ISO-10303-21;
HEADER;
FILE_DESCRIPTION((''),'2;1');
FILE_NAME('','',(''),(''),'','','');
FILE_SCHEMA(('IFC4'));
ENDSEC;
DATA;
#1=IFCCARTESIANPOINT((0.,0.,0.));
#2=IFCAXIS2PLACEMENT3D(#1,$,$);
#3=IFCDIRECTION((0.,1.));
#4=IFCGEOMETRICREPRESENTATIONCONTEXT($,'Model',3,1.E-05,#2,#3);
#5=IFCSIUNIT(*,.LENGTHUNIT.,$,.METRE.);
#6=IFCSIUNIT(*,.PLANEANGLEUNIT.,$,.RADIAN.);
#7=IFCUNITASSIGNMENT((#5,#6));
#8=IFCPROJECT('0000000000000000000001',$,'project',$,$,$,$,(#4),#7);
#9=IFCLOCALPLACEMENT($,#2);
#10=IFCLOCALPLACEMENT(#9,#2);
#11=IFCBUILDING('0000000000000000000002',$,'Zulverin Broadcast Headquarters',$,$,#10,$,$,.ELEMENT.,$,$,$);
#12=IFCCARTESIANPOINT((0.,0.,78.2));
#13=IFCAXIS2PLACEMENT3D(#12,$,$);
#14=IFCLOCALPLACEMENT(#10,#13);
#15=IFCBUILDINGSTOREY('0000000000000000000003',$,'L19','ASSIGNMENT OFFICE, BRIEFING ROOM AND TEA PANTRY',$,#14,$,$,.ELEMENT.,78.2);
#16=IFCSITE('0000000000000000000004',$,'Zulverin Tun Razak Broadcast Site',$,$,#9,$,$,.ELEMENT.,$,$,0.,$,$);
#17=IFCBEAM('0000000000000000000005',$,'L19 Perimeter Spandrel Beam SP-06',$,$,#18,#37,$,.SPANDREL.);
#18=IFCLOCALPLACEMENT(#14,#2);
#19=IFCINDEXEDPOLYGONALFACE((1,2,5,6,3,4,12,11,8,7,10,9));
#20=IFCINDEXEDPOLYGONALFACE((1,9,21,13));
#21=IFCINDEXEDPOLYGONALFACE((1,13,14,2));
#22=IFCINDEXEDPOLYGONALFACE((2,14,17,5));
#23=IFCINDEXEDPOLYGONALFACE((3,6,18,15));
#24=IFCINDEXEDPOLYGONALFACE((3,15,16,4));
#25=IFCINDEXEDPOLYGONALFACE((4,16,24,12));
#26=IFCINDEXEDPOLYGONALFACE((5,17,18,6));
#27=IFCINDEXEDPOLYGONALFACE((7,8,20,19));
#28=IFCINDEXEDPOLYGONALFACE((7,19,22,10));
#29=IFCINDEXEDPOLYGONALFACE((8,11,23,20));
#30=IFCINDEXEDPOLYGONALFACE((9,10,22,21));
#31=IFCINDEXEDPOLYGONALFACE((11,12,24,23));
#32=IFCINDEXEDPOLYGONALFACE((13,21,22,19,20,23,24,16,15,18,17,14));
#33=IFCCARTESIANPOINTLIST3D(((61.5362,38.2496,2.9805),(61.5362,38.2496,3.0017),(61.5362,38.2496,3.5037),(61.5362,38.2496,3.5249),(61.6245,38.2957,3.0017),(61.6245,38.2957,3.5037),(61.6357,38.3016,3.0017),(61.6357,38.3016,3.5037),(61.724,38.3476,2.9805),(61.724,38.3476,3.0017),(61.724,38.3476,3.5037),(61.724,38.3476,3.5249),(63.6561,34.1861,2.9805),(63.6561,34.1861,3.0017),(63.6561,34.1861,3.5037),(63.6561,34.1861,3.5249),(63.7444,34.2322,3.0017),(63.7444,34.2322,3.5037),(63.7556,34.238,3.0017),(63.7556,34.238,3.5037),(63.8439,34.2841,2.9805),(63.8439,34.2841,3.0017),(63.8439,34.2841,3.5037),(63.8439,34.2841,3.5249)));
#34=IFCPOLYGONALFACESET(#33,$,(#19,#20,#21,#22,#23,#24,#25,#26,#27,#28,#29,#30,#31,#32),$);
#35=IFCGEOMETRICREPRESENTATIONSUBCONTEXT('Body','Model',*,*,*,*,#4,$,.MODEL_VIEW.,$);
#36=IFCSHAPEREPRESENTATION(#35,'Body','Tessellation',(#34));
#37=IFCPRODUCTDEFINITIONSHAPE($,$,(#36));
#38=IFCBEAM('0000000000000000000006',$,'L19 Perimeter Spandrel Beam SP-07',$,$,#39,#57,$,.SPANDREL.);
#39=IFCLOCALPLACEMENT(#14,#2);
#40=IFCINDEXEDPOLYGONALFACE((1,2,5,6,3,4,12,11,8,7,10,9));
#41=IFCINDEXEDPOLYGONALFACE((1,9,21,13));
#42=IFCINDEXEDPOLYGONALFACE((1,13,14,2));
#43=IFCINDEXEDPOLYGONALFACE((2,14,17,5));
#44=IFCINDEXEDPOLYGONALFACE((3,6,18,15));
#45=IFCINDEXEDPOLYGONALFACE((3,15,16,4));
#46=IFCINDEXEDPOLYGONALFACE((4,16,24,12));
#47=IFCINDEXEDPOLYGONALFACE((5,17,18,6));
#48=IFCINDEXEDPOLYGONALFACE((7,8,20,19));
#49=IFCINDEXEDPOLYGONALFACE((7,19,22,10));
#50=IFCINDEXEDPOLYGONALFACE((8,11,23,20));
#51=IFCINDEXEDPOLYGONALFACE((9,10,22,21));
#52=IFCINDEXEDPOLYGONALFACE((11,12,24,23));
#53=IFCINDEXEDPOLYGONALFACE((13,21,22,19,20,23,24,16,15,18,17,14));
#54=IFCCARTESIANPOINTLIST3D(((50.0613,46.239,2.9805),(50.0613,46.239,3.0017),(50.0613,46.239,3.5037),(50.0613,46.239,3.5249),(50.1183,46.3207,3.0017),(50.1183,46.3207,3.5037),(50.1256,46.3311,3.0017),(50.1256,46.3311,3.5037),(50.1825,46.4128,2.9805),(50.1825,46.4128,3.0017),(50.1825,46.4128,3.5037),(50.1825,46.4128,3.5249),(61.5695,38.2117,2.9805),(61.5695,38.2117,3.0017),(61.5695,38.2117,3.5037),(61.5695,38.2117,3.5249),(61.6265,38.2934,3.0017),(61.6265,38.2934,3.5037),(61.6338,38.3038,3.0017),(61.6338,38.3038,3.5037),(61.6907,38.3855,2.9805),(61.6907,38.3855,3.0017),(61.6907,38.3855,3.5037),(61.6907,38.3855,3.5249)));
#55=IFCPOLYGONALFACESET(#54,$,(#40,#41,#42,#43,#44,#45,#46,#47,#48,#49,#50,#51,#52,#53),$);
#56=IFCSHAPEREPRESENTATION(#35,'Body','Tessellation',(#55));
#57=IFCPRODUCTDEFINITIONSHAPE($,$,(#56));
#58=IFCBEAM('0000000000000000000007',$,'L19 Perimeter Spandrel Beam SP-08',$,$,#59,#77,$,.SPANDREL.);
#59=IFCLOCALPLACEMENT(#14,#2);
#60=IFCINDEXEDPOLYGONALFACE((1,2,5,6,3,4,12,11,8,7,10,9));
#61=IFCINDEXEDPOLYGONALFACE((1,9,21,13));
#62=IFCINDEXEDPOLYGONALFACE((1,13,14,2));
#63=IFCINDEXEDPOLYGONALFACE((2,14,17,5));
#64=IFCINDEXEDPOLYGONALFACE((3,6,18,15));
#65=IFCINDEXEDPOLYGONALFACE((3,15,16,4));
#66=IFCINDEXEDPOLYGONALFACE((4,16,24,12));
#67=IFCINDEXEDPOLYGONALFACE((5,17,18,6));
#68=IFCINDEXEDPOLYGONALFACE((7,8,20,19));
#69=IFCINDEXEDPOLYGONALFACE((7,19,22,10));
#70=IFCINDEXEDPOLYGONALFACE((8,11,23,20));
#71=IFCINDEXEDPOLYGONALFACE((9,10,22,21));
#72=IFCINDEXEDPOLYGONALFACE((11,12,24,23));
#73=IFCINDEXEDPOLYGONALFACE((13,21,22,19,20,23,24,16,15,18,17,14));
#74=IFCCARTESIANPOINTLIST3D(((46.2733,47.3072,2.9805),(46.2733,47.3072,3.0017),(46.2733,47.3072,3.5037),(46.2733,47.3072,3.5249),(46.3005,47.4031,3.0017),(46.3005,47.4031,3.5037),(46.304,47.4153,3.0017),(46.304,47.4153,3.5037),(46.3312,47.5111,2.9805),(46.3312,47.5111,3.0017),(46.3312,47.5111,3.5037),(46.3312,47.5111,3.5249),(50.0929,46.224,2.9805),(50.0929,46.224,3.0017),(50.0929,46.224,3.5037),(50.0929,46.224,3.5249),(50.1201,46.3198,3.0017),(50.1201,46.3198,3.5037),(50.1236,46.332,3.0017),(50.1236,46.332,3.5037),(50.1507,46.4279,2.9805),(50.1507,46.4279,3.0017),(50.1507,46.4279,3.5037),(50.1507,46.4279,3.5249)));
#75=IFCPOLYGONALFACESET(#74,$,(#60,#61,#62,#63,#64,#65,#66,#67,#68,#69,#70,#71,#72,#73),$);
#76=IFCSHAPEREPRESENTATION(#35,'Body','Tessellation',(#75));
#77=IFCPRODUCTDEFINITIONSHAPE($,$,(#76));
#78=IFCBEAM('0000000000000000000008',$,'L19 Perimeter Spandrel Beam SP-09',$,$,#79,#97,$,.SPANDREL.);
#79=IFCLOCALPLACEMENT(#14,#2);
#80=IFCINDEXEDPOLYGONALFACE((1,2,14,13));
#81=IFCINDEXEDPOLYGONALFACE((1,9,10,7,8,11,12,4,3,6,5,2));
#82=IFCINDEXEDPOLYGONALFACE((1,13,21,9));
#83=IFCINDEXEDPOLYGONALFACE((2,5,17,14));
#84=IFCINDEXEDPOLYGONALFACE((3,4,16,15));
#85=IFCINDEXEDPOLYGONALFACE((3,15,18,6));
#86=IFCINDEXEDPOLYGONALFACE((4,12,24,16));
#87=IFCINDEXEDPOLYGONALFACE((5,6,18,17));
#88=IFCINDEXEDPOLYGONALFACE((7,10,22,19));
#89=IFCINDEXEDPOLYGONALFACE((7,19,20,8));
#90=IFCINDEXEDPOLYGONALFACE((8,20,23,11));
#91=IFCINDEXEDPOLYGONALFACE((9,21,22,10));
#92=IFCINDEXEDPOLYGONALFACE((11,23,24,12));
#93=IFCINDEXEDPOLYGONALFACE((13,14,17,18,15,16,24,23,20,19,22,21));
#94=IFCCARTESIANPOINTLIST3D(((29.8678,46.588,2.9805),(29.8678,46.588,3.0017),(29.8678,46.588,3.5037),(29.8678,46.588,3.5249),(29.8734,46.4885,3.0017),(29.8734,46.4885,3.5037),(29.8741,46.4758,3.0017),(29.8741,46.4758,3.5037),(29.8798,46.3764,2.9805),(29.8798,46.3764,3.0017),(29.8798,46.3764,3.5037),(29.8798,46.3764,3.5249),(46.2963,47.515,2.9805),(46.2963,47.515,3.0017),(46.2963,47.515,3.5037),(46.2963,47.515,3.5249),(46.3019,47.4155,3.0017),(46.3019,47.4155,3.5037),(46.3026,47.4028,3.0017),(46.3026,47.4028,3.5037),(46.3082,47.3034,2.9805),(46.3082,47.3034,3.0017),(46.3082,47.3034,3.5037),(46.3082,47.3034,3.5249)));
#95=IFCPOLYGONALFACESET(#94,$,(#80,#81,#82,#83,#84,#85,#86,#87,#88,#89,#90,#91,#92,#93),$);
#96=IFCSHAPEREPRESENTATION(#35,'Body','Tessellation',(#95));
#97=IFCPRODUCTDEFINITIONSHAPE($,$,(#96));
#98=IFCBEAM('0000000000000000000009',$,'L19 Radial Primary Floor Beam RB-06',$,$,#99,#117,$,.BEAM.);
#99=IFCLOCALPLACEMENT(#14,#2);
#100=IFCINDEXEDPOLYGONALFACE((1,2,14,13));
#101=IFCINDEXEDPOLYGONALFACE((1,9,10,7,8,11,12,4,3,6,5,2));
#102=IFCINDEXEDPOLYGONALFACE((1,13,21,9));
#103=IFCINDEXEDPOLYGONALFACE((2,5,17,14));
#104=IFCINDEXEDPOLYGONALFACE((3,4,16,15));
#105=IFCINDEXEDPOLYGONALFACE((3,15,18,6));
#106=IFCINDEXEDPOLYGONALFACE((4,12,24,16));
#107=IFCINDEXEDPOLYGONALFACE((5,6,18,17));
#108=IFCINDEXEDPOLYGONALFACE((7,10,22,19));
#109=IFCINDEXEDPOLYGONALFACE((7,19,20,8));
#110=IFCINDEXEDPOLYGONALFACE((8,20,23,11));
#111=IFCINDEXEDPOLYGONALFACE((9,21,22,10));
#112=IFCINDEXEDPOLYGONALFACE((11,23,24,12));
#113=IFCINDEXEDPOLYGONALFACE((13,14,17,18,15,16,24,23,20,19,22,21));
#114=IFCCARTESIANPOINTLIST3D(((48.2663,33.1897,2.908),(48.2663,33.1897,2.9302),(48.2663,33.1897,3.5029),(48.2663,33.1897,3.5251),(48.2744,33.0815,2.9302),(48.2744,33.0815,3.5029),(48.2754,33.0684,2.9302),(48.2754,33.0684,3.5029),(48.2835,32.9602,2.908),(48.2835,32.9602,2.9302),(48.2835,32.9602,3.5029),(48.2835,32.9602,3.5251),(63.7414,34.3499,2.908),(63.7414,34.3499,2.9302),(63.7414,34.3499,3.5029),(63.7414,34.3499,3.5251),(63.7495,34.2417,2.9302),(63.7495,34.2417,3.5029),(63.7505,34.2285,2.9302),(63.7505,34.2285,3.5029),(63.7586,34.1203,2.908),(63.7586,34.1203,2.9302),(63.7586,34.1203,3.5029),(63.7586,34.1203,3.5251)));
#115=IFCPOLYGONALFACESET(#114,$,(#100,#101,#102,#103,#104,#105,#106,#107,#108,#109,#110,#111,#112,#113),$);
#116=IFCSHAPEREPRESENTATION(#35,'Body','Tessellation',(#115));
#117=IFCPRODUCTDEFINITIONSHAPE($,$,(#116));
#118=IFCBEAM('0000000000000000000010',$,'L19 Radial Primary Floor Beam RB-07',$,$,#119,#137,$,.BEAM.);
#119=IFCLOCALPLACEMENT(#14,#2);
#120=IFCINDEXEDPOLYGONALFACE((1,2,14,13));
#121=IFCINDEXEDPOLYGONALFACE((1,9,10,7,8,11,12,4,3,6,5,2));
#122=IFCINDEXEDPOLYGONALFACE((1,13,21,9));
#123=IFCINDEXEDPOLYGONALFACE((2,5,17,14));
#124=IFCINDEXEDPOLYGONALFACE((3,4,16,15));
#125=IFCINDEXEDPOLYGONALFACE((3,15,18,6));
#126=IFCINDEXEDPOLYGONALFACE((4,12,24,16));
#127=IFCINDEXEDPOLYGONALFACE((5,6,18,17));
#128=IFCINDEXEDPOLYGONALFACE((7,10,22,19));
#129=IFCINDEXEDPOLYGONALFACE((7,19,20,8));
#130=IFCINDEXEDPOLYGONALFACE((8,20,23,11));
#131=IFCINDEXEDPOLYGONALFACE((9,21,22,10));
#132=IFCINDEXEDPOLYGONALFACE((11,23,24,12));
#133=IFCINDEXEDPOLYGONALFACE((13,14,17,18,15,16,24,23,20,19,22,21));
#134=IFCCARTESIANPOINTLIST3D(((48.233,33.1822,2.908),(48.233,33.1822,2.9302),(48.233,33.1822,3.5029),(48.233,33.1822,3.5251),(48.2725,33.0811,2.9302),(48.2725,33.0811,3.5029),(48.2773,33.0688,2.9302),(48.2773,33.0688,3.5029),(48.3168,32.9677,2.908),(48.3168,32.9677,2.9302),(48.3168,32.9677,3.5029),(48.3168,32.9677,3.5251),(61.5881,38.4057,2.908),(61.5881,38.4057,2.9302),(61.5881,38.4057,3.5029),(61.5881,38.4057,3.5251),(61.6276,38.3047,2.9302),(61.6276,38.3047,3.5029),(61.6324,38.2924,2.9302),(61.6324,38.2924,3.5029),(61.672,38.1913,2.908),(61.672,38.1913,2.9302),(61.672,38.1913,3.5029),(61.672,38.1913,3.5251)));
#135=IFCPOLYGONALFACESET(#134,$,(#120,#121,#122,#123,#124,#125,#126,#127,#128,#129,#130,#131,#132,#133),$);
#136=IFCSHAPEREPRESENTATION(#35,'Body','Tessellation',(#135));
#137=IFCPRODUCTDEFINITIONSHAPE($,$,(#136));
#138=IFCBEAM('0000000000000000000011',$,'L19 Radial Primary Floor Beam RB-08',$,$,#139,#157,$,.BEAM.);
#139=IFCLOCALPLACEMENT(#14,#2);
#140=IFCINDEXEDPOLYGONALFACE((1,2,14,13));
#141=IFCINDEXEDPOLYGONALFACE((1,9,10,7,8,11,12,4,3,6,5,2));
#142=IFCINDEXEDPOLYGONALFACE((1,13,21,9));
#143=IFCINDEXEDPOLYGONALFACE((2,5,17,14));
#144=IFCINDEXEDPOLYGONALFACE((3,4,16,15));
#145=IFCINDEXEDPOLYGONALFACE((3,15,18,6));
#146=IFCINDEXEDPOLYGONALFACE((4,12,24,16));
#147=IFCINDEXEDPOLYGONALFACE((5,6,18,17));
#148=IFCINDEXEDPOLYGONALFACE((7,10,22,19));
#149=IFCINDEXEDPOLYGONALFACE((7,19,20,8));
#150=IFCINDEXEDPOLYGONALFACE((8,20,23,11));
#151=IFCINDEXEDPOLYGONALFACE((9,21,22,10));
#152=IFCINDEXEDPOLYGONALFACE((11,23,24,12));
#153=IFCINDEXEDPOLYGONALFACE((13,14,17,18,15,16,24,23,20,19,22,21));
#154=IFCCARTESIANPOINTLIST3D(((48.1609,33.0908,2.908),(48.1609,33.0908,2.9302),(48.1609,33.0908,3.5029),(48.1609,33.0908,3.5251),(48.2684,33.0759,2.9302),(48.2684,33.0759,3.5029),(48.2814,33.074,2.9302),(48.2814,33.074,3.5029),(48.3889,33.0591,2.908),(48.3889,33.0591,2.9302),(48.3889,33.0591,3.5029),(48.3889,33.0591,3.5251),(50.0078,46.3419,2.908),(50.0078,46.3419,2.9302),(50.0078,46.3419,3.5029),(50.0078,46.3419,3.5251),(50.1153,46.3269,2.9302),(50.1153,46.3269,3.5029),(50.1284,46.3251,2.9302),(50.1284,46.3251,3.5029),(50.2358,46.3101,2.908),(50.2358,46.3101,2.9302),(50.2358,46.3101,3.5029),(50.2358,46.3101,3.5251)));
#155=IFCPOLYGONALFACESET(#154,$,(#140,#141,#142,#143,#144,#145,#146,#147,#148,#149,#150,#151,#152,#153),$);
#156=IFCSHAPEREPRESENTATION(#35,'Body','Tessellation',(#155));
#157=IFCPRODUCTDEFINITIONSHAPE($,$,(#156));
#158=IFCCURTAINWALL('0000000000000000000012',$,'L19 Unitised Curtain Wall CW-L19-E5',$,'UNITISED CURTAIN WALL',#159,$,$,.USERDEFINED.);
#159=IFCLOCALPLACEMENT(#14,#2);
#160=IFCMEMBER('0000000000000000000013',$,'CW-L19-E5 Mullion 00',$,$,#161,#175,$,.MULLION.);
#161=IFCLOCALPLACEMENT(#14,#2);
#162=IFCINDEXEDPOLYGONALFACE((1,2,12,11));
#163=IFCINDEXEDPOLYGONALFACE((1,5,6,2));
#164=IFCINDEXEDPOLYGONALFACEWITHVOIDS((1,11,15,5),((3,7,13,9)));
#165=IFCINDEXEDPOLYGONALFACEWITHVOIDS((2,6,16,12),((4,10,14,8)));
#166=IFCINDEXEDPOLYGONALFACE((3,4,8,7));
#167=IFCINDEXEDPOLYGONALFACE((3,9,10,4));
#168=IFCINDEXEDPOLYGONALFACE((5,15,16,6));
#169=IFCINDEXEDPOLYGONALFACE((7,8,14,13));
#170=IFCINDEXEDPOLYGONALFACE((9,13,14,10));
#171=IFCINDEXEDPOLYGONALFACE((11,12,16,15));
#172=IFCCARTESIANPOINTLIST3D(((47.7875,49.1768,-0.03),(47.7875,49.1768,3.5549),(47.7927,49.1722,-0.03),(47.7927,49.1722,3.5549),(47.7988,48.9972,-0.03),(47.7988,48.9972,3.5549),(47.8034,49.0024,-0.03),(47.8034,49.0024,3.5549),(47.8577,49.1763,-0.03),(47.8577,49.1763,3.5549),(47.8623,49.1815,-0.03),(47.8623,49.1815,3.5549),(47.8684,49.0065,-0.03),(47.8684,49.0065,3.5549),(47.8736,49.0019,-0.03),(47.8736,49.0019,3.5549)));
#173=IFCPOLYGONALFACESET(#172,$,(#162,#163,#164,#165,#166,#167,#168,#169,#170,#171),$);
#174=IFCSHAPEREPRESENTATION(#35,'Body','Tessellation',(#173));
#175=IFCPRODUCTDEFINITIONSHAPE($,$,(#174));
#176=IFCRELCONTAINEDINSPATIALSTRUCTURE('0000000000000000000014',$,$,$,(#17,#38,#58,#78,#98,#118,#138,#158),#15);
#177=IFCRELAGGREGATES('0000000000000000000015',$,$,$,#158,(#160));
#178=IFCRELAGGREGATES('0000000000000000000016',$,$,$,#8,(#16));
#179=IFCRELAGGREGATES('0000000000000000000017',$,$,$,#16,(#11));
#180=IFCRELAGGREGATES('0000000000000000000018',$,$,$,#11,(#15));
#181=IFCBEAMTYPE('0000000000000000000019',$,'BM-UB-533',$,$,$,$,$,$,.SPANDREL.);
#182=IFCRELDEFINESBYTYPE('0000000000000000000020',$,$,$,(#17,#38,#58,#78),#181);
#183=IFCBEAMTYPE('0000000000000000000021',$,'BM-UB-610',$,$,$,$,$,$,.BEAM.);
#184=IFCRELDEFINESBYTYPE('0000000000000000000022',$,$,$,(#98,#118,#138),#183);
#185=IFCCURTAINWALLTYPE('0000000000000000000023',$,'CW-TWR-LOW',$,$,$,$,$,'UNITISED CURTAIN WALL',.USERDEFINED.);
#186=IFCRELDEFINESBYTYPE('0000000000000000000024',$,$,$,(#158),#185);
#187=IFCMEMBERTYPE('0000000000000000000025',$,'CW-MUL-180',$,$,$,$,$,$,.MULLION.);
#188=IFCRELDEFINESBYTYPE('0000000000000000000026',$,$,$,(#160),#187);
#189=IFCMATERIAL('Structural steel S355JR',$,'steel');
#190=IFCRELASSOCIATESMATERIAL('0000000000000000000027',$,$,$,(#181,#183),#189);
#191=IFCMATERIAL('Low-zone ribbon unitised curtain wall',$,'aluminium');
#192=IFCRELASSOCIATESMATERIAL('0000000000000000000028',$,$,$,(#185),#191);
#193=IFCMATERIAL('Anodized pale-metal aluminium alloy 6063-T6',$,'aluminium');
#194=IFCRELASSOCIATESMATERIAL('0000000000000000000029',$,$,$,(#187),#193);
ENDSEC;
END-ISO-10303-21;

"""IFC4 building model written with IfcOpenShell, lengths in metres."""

from ifc_helpers import new_model, si_unit, direction, frame, origin, origin_2d, place, context, subcontext, project, spatial, hollow_rectangle, i_section, extrude, material, material_profile, profile_set, type_object, element, aggregate, save


model = new_model("IFC4")

# Units and contexts
model_context = context("Model", 3, precision=1e-05, world=origin(), true_north=direction((0.0, 1.0)))
body_context = subcontext(model_context, "Body", "Model", "MODEL_VIEW")
ifc_project = project(units=[si_unit("LENGTHUNIT", "METRE"), si_unit("PLANEANGLEUNIT", "RADIAN")], contexts=[model_context])

# Site, building, storey
site_placement = place(None, origin())
site = spatial("IfcSite", under=ifc_project, at=site_placement, Name="Zulverin Tun Razak Broadcast Site", CompositionType="ELEMENT", RefElevation=0.0)
building_placement = place(site_placement, origin())
building = spatial("IfcBuilding", under=site, at=building_placement, Name="Zulverin Broadcast Headquarters", CompositionType="ELEMENT")
storey_placement = place(building_placement, frame((0.0, 0.0, 78.2)))
storey = spatial("IfcBuildingStorey", under=building, at=storey_placement, Name="L19", Description="ASSIGNMENT OFFICE, BRIEFING ROOM AND TEA PANTRY", CompositionType="ELEMENT", Elevation=78.2)

# Beams
ifc_material_1 = material(Name="Structural steel S355JR", Category="steel")
ifc_material_profile_1 = material_profile(ifc_material_1, i_section(OverallWidth=0.2119, OverallDepth=0.5444, WebThickness=0.0127, FlangeThickness=0.0212, at=origin_2d()), Name="Structural steel S355JR", Category="steel")
ifc_profile_set_1 = profile_set([ifc_material_profile_1], Name="Structural steel S355JR")
beam_type_1 = type_object("IfcBeamType", Name="BM-UB-533", PredefinedType="SPANDREL", material=ifc_profile_set_1)
beam_1_placement = place(storey_placement, frame((63.75, 34.2351, 3.2527), z_axis=(-0.462531, 0.886603, 0.0), x_axis=(-0.886603, -0.462531, 0.0)))
element("IfcBeam", 1, at=beam_1_placement, inside=storey, type_object=beam_type_1, Name="L19 Perimeter Spandrel Beam SP-06", PredefinedType="SPANDREL", context=body_context, shape_type="SweptSolid", body=[
    extrude(i_section(OverallWidth=0.2119, OverallDepth=0.5444, WebThickness=0.0127, FlangeThickness=0.0212, at=origin_2d()), origin(), (0.0, 0.0, 1.0), 4.5833),
])
beam_2_placement = place(storey_placement, frame((61.6301, 38.2986, 3.2527), z_axis=(-0.820184, 0.5721, 0.0), x_axis=(-0.5721, -0.820184, 0.0)))
element("IfcBeam", 2, at=beam_2_placement, inside=storey, type_object=beam_type_1, Name="L19 Perimeter Spandrel Beam SP-07", PredefinedType="SPANDREL", context=body_context, shape_type="SweptSolid", body=[
    extrude(i_section(OverallWidth=0.2119, OverallDepth=0.5444, WebThickness=0.0127, FlangeThickness=0.0212, at=origin_2d()), origin(), (0.0, 0.0, 1.0), 14.0312),
])
beam_3_placement = place(storey_placement, frame((50.1218, 46.3259, 3.2527), z_axis=(-0.962058, 0.272844, 0.0), x_axis=(-0.272844, -0.962058, 0.0)))
element("IfcBeam", 3, at=beam_3_placement, inside=storey, type_object=beam_type_1, Name="L19 Perimeter Spandrel Beam SP-08", PredefinedType="SPANDREL", context=body_context, shape_type="SweptSolid", body=[
    extrude(i_section(OverallWidth=0.2119, OverallDepth=0.5444, WebThickness=0.0127, FlangeThickness=0.0212, at=origin_2d()), origin(), (0.0, 0.0, 1.0), 3.9702),
])
beam_4_placement = place(storey_placement, frame((46.3022, 47.4092, 3.2527), z_axis=(-0.998412, -0.056337, 0.0), x_axis=(0.056337, -0.998412, 0.0)))
element("IfcBeam", 4, at=beam_4_placement, inside=storey, type_object=beam_type_1, Name="L19 Perimeter Spandrel Beam SP-09", PredefinedType="SPANDREL", context=body_context, shape_type="SweptSolid", body=[
    extrude(i_section(OverallWidth=0.2119, OverallDepth=0.5444, WebThickness=0.0127, FlangeThickness=0.0212, at=origin_2d()), origin(), (0.0, 0.0, 1.0), 16.4546),
])
ifc_material_profile_2 = material_profile(ifc_material_1, i_section(OverallWidth=0.2302, OverallDepth=0.6172, WebThickness=0.0132, FlangeThickness=0.0222, at=origin_2d()), Name="Structural steel S355JR", Category="steel")
ifc_profile_set_2 = profile_set([ifc_material_profile_2], Name="Structural steel S355JR")
beam_type_2 = type_object("IfcBeamType", Name="BM-UB-610", PredefinedType="BEAM", material=ifc_profile_set_2)
beam_5_placement = place(storey_placement, frame((48.2749, 33.075, 3.2166), z_axis=(0.997202, 0.074759, 0.0), x_axis=(-0.074759, 0.997202, 0.0)))
element("IfcBeam", 5, at=beam_5_placement, inside=storey, type_object=beam_type_2, Name="L19 Radial Primary Floor Beam RB-06", PredefinedType="BEAM", context=body_context, shape_type="SweptSolid", body=[
    extrude(i_section(OverallWidth=0.2302, OverallDepth=0.6172, WebThickness=0.0132, FlangeThickness=0.0222, at=origin_2d()), origin(), (0.0, 0.0, 1.0), 15.5186),
])
beam_6_placement = place(storey_placement, frame((48.2749, 33.075, 3.2166), z_axis=(0.931298, 0.364259, 0.0), x_axis=(-0.364259, 0.931298, 0.0)))
element("IfcBeam", 6, at=beam_6_placement, inside=storey, type_object=beam_type_2, Name="L19 Radial Primary Floor Beam RB-07", PredefinedType="BEAM", context=body_context, shape_type="SweptSolid", body=[
    extrude(i_section(OverallWidth=0.2302, OverallDepth=0.6172, WebThickness=0.0132, FlangeThickness=0.0222, at=origin_2d()), origin(), (0.0, 0.0, 1.0), 14.3403),
])
beam_7_placement = place(storey_placement, frame((48.2749, 33.075, 3.2166), z_axis=(0.138046, 0.990426, 0.0), x_axis=(-0.990426, 0.138046, 0.0)))
element("IfcBeam", 7, at=beam_7_placement, inside=storey, type_object=beam_type_2, Name="L19 Radial Primary Floor Beam RB-08", PredefinedType="BEAM", context=body_context, shape_type="SweptSolid", body=[
    extrude(i_section(OverallWidth=0.2302, OverallDepth=0.6172, WebThickness=0.0132, FlangeThickness=0.0222, at=origin_2d()), origin(), (0.0, 0.0, 1.0), 13.3792),
])

# Curtain wall, member
ifc_material_2 = material(Name="Low-zone ribbon unitised curtain wall", Category="aluminium")
curtain_wall_type = type_object("IfcCurtainWallType", Name="CW-TWR-LOW", ElementType="UNITISED CURTAIN WALL", PredefinedType="USERDEFINED", material=ifc_material_2)
curtain_wall_placement = place(storey_placement, origin())
curtain_wall = element("IfcCurtainWall", 8, at=curtain_wall_placement, inside=storey, type_object=curtain_wall_type, Name="L19 Unitised Curtain Wall CW-L19-E5", ObjectType="UNITISED CURTAIN WALL", PredefinedType="USERDEFINED")
ifc_material_3 = material(Name="Anodized pale-metal aluminium alloy 6063-T6", Category="aluminium")
ifc_material_profile_3 = material_profile(ifc_material_3, hollow_rectangle(XDim=0.075, YDim=0.1799, WallThickness=0.0049, at=origin_2d()), Name="Anodized pale-metal aluminium alloy 6063-T6", Category="aluminium")
ifc_profile_set_3 = profile_set([ifc_material_profile_3], Name="Anodized pale-metal aluminium alloy 6063-T6")
member_type_1 = type_object("IfcMemberType", Name="CW-MUL-180", PredefinedType="MULLION", material=ifc_profile_set_3)
member_1_placement = place(storey_placement, frame((47.8306, 49.0894, -0.03), z_axis=(0.0, 0.0, 1.0), x_axis=(-0.998018, -0.062935, 0.0)))
member_1 = element("IfcMember", 9, at=member_1_placement, type_object=member_type_1, Name="CW-L19-E5 Mullion 00", PredefinedType="MULLION", context=body_context, shape_type="SweptSolid", body=[
    extrude(hollow_rectangle(XDim=0.075, YDim=0.1799, WallThickness=0.0049, at=origin_2d()), origin(), (0.0, 0.0, 1.0), 3.585),
])
aggregate(curtain_wall, [member_1])

save(model, "model.ifc")
